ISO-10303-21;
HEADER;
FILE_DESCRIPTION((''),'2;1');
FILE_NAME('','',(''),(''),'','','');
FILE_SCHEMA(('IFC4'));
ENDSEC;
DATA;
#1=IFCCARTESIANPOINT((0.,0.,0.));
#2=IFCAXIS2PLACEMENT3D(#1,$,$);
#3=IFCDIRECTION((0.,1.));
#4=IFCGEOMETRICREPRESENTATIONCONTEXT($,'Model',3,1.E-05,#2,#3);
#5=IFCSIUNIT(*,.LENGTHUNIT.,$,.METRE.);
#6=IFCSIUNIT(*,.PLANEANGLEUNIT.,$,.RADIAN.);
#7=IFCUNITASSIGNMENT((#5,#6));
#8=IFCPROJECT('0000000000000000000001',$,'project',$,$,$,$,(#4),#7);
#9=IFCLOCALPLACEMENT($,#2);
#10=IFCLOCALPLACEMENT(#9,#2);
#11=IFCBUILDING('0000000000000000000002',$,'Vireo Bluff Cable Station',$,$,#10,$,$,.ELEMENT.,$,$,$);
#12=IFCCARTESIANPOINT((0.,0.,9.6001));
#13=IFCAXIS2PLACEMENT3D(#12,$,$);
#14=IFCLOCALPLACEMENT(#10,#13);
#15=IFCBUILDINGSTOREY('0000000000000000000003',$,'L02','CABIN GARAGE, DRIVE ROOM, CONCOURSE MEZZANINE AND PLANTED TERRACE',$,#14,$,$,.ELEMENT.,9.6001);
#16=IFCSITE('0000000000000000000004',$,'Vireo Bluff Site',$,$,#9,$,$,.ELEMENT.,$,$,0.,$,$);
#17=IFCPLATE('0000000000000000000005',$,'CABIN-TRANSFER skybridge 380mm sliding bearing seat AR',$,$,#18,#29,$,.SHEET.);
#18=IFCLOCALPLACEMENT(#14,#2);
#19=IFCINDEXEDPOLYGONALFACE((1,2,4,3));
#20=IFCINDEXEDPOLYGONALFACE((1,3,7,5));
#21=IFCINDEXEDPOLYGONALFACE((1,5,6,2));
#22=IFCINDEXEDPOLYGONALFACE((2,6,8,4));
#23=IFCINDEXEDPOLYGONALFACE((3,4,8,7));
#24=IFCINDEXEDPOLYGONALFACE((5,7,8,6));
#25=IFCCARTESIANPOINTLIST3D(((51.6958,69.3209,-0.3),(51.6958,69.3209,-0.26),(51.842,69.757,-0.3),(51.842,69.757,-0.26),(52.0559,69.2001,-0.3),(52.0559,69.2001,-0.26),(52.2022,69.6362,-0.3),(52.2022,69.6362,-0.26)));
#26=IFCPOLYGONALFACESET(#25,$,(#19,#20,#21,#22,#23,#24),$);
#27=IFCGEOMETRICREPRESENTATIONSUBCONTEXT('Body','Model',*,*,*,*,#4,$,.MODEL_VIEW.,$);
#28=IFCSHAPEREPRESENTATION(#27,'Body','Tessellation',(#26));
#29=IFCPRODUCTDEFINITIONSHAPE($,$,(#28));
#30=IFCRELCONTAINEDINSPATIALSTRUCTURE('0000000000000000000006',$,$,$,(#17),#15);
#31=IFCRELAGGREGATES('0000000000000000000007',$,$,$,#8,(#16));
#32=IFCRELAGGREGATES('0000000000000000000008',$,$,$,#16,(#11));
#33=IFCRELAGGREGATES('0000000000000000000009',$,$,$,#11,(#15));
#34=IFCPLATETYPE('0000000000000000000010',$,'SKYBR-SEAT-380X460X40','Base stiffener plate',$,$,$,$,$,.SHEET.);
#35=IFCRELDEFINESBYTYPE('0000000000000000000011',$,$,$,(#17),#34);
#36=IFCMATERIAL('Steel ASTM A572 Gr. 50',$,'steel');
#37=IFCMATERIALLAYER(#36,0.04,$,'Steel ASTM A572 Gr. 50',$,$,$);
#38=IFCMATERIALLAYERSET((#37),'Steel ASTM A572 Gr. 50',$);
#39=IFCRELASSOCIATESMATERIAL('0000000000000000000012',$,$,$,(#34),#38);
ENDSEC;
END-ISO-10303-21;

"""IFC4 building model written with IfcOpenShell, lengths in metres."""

from ifc_helpers import new_model, si_unit, direction, frame, origin, origin_2d, place, context, subcontext, project, spatial, rectangle, extrude, material, layer, layer_set, type_object, element, save


model = new_model("IFC4")

# Units and contexts
model_context = context("Model", 3, precision=1e-05, world=origin(), true_north=direction((0.0, 1.0)))
body_context = subcontext(model_context, "Body", "Model", "MODEL_VIEW")
ifc_project = project(units=[si_unit("LENGTHUNIT", "METRE"), si_unit("PLANEANGLEUNIT", "RADIAN")], contexts=[model_context])

# Site, building, storey
site_placement = place(None, origin())
site = spatial("IfcSite", under=ifc_project, at=site_placement, Name="Vireo Bluff Site", CompositionType="ELEMENT", RefElevation=0.0)
building_placement = place(site_placement, origin())
building = spatial("IfcBuilding", under=site, at=building_placement, Name="Vireo Bluff Cable Station", CompositionType="ELEMENT")
storey_placement = place(building_placement, frame((0.0, 0.0, 9.6001)))
storey = spatial("IfcBuildingStorey", under=building, at=storey_placement, Name="L02", Description="CABIN GARAGE, DRIVE ROOM, CONCOURSE MEZZANINE AND PLANTED TERRACE", CompositionType="ELEMENT", Elevation=9.6001)

# Plate
ifc_material_1 = material(Name="Steel ASTM A572 Gr. 50", Category="steel")
ifc_layer_1 = layer(ifc_material_1, 0.04, Name="Steel ASTM A572 Gr. 50")
ifc_layer_set_1 = layer_set([ifc_layer_1], Name="Steel ASTM A572 Gr. 50")
plate_type_1 = type_object("IfcPlateType", Name="SKYBR-SEAT-380X460X40", Description="Base stiffener plate", PredefinedType="SHEET", material=ifc_layer_set_1)
plate_1_placement = place(storey_placement, frame((51.949, 69.4785, -0.3), z_axis=(0.0, 0.0, 1.0), x_axis=(0.948105, -0.317958, 0.0)))
element("IfcPlate", 1, at=plate_1_placement, inside=storey, type_object=plate_type_1, Name="CABIN-TRANSFER skybridge 380mm sliding bearing seat AR", PredefinedType="SHEET", context=body_context, shape_type="SweptSolid", body=[
    extrude(rectangle(XDim=0.3799, YDim=0.46, at=origin_2d()), origin(), (0.0, 0.0, 1.0), 0.04),
])

save(model, "model.ifc")
